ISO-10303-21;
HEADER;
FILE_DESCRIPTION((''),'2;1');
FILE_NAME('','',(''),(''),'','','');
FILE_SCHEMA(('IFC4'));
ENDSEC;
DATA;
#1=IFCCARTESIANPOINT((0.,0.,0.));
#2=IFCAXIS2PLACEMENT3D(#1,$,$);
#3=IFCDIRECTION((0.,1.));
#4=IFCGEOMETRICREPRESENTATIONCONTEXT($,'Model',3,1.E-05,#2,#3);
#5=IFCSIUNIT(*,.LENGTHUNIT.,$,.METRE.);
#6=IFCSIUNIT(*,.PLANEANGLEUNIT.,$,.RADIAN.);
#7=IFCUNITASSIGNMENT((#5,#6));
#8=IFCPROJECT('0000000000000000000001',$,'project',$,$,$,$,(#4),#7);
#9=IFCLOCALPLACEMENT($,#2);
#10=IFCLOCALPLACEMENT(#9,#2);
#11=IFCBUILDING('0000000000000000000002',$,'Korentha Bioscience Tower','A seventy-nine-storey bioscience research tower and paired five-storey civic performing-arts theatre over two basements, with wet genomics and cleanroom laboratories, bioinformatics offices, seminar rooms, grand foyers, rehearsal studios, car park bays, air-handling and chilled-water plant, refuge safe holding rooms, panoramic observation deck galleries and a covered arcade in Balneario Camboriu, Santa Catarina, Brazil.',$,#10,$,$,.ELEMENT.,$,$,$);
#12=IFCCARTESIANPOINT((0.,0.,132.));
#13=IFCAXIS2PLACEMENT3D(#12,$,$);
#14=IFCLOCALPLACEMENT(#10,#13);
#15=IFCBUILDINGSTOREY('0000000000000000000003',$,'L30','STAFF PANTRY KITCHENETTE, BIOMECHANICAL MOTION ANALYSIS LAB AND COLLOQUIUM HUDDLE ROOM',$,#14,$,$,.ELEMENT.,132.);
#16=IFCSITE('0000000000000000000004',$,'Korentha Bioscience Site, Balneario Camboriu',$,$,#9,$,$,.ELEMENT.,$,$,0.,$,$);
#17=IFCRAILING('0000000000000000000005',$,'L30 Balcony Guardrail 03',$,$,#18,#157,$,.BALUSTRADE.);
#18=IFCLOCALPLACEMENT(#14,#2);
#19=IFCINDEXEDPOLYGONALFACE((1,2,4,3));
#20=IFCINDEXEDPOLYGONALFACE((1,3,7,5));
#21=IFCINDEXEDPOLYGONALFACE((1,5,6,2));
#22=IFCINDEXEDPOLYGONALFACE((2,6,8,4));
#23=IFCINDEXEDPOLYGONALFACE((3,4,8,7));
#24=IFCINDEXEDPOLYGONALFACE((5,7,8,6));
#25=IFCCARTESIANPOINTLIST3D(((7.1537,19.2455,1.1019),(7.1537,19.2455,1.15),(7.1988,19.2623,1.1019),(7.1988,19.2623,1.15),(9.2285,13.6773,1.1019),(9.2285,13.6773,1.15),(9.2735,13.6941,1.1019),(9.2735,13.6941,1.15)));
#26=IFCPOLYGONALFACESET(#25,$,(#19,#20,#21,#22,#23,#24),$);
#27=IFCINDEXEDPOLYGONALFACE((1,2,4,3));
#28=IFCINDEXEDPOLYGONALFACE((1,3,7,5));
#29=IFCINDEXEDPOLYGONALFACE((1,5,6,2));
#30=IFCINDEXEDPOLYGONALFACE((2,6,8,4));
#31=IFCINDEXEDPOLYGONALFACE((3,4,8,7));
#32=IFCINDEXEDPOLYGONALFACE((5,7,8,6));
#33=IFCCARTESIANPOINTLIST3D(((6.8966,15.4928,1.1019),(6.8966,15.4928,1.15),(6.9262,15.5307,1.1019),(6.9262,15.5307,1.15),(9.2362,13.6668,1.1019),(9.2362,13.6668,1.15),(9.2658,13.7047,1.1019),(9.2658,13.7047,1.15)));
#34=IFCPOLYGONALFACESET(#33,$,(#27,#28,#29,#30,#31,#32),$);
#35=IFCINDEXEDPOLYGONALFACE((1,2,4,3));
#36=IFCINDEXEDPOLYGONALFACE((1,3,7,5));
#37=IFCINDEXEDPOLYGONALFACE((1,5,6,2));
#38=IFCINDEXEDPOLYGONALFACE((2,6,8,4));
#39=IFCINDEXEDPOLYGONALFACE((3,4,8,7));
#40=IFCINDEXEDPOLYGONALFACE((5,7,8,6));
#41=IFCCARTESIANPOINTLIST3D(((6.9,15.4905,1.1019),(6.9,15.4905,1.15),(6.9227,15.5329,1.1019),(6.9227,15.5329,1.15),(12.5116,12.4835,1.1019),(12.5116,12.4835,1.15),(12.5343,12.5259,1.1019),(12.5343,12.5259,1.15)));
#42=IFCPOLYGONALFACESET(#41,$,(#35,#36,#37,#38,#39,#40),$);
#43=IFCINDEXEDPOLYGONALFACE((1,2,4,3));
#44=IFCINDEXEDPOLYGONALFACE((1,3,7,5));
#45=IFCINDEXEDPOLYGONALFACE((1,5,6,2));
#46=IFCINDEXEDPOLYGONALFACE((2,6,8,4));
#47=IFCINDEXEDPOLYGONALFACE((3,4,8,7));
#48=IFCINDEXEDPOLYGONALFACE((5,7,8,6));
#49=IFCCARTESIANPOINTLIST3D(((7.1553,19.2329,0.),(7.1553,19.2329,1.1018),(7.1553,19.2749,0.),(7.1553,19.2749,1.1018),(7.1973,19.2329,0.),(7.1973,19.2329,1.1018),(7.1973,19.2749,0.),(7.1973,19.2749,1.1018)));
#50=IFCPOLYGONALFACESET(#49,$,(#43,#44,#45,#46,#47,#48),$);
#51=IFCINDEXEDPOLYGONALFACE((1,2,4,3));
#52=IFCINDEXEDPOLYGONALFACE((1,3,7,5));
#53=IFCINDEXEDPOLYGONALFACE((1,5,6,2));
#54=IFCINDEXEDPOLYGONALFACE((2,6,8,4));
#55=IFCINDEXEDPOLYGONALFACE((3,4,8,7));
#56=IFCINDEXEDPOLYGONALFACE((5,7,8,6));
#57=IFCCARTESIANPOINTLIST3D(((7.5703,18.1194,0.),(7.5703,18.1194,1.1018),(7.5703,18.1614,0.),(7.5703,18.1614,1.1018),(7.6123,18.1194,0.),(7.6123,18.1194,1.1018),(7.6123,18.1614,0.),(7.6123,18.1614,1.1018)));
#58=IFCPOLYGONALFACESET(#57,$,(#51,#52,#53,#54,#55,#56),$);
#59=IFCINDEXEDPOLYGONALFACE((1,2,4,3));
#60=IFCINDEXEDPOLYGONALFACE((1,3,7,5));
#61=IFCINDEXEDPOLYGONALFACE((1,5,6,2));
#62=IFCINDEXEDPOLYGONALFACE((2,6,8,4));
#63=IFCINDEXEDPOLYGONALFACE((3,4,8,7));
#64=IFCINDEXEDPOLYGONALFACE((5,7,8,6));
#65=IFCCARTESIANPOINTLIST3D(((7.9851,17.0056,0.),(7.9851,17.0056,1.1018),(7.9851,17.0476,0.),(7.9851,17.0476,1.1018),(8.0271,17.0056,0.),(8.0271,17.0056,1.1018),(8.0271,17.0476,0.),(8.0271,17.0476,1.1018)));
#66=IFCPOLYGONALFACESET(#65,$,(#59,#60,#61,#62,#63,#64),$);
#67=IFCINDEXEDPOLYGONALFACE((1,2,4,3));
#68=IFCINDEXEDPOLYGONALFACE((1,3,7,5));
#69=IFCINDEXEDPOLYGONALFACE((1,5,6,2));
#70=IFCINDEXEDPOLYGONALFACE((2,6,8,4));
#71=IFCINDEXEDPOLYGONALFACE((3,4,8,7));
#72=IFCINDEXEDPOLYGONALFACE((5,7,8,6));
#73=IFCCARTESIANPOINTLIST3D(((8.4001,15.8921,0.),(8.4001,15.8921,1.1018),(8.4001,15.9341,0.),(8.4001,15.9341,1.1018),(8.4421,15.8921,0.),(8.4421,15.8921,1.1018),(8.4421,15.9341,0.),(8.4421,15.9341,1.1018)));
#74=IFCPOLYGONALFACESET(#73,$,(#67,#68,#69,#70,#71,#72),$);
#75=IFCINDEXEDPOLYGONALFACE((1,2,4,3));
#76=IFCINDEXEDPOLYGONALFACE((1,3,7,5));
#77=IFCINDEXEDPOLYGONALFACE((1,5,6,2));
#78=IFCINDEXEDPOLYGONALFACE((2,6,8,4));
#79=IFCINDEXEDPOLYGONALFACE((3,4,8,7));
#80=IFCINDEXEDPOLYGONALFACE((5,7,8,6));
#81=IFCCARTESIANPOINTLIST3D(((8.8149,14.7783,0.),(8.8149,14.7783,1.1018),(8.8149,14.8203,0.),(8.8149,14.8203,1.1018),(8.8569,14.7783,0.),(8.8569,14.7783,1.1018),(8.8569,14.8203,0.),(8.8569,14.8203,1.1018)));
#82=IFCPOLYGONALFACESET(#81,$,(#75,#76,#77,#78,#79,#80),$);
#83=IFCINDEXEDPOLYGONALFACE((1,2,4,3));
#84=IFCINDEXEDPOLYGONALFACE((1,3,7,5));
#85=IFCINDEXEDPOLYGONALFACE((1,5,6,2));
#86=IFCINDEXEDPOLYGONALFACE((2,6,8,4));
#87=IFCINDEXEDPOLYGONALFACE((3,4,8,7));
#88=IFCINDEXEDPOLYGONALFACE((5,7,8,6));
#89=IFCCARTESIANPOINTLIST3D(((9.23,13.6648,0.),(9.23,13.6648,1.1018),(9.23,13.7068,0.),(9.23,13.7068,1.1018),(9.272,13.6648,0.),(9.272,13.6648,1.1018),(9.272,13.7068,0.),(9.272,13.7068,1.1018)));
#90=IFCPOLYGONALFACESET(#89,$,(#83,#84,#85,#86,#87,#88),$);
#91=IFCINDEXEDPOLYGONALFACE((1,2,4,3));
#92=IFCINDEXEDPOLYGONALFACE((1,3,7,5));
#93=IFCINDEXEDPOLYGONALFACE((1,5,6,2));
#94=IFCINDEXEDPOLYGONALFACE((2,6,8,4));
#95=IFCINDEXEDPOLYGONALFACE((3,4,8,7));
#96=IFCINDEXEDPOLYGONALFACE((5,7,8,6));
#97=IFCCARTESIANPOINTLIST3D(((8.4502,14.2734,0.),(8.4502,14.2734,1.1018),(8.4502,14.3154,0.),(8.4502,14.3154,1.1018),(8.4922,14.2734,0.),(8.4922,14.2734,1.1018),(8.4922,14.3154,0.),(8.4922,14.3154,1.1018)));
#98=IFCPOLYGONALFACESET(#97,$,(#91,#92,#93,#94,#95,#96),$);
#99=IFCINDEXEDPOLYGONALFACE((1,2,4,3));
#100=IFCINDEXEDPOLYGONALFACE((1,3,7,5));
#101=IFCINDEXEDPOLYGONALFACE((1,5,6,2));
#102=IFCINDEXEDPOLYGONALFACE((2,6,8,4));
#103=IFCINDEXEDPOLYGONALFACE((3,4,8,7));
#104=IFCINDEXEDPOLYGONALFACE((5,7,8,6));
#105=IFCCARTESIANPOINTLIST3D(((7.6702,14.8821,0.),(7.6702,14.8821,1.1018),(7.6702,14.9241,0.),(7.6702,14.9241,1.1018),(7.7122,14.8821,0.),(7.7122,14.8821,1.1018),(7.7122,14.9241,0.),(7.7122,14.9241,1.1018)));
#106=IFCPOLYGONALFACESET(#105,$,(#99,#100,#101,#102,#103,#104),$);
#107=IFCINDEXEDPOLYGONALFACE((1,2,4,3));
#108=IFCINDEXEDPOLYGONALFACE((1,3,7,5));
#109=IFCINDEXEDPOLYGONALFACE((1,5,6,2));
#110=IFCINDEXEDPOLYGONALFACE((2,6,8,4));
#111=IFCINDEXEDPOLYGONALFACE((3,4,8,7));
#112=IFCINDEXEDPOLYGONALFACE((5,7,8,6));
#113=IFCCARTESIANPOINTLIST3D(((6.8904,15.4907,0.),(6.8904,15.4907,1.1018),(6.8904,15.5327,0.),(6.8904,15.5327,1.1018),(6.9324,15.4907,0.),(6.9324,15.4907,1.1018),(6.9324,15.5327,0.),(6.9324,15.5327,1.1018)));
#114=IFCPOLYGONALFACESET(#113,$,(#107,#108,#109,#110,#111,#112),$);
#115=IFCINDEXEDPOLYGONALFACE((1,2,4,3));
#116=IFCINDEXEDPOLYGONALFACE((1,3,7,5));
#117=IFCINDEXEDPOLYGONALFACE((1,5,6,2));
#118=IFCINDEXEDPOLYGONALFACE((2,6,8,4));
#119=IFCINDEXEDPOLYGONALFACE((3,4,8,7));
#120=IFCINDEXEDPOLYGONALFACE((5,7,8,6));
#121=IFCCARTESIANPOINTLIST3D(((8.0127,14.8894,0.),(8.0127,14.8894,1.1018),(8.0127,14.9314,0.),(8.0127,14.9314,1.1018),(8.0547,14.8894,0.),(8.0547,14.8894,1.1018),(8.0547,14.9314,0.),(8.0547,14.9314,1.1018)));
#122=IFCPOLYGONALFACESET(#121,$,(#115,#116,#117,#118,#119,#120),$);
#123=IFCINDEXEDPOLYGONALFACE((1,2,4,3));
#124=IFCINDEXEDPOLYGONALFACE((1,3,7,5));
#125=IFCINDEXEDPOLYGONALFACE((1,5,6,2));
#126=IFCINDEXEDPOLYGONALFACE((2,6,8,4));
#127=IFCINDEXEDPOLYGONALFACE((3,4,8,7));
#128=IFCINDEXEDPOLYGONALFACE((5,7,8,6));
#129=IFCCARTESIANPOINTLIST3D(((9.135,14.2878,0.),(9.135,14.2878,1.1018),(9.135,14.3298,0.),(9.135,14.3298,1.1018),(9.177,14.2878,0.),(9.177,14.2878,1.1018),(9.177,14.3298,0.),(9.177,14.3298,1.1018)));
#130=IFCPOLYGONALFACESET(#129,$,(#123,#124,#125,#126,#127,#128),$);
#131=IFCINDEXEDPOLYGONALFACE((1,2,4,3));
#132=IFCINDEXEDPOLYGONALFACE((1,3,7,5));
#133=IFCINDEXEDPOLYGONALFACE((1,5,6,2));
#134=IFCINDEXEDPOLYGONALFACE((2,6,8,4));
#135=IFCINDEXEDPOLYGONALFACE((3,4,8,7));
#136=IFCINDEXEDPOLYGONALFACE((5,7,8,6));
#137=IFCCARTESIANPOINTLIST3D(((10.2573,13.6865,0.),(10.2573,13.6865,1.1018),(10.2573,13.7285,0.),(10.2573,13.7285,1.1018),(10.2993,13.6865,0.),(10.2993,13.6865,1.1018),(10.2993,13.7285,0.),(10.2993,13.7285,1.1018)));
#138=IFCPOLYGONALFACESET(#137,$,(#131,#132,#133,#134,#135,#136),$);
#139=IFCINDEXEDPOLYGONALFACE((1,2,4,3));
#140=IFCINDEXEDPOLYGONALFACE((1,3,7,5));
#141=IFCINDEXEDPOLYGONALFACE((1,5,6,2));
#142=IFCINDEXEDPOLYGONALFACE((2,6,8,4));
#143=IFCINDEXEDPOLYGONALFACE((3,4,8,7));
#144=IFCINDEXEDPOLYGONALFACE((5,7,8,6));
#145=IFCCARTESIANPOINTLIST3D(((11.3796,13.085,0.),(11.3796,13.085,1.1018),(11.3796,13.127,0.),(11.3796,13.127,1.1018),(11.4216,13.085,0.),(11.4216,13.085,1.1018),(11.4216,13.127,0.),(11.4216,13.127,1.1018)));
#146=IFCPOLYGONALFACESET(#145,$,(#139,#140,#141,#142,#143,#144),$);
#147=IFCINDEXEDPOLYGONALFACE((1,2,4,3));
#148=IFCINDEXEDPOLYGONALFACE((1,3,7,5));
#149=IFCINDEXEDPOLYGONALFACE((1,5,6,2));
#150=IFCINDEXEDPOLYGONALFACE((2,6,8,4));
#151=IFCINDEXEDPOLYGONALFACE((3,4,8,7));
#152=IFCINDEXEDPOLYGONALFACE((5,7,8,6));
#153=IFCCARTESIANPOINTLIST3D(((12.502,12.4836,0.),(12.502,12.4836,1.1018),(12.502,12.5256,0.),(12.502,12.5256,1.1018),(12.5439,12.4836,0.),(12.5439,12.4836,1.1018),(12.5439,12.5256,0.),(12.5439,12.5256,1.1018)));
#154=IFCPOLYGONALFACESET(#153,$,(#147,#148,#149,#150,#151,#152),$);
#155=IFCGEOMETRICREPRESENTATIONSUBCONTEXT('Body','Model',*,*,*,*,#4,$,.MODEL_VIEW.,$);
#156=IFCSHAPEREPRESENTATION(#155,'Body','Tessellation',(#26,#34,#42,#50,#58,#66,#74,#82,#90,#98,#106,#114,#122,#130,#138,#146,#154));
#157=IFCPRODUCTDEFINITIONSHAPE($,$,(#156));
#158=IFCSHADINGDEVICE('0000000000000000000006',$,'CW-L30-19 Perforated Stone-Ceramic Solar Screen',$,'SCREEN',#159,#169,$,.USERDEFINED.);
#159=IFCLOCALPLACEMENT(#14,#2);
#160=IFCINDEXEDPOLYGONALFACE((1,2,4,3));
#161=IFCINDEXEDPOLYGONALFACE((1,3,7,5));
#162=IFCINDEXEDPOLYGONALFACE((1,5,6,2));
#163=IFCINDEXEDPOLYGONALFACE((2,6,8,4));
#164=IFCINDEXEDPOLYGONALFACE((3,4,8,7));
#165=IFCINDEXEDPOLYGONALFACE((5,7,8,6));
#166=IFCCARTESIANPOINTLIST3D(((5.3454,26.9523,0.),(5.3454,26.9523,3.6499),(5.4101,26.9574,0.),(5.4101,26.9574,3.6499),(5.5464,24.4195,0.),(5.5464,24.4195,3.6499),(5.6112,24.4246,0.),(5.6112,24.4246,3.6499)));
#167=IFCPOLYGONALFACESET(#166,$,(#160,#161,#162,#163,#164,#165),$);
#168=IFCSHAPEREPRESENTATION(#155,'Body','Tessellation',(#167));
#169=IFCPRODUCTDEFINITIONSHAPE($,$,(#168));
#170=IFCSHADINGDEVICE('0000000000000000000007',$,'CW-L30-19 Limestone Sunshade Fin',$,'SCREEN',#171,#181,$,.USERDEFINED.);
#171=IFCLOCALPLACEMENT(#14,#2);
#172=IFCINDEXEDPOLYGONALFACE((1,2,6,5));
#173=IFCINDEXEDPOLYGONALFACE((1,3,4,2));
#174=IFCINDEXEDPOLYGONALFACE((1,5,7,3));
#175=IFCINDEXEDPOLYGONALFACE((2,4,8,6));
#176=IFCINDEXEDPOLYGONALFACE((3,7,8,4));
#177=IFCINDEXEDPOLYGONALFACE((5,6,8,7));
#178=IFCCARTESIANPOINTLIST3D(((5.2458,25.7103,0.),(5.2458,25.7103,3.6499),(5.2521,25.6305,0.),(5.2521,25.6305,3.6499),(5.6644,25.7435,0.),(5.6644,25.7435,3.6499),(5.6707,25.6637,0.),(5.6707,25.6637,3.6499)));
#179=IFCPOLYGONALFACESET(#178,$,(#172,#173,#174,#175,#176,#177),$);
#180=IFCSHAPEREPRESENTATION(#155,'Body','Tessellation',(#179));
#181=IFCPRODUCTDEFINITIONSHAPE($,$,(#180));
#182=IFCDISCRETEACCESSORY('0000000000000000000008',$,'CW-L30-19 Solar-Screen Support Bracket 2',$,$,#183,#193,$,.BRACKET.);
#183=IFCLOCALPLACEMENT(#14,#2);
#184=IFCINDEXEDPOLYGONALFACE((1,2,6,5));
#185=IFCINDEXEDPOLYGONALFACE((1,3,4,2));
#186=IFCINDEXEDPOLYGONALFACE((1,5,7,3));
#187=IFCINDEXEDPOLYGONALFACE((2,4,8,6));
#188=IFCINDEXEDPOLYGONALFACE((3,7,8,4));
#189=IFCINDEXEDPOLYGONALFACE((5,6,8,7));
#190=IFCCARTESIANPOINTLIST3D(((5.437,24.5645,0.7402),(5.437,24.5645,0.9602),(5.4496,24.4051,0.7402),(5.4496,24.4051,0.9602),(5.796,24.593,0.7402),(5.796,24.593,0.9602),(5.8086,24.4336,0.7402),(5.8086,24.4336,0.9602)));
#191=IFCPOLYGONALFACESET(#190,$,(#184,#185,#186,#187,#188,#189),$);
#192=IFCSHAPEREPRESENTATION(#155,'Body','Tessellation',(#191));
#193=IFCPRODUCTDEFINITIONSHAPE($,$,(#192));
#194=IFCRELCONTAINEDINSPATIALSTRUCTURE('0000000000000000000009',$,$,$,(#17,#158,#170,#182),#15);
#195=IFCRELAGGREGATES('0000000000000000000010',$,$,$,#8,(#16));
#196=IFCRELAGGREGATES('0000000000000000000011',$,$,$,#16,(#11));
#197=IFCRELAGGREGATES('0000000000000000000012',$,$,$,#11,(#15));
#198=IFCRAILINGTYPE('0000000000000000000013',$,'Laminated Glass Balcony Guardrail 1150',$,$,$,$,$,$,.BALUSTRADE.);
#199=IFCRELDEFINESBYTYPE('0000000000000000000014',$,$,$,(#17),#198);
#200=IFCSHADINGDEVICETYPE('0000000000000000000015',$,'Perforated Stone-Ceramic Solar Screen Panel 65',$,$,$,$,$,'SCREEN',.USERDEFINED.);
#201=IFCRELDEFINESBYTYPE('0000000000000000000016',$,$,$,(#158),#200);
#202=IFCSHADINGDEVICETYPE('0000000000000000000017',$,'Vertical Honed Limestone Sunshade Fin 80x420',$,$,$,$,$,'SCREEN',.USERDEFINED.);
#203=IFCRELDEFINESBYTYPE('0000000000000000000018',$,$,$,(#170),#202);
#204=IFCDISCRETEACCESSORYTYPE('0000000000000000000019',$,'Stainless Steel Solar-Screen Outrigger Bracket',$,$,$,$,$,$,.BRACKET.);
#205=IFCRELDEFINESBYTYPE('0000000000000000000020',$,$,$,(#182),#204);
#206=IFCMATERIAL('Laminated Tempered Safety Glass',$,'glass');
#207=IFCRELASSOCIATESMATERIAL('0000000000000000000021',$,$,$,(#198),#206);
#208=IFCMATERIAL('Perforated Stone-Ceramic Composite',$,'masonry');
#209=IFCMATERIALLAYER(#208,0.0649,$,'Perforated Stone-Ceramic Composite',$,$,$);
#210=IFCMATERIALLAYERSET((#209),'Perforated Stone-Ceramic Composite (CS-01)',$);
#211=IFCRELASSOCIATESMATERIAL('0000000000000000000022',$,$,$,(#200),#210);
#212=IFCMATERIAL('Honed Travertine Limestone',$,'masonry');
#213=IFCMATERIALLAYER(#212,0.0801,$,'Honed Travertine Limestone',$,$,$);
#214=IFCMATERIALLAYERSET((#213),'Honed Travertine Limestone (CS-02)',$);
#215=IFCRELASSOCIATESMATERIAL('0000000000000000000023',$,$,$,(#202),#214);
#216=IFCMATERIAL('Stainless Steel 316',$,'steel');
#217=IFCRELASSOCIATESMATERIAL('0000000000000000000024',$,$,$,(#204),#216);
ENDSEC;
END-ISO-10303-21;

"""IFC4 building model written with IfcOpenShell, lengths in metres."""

from ifc_helpers import new_model, si_unit, direction, frame, origin, origin_2d, place, context, subcontext, project, spatial, rectangle, extrude, material, layer, layer_set, type_object, element, save


model = new_model("IFC4")

# Units and contexts
model_context = context("Model", 3, precision=1e-05, world=origin(), true_north=direction((0.0, 1.0)))
body_context = subcontext(model_context, "Body", "Model", "MODEL_VIEW")
ifc_project = project(units=[si_unit("LENGTHUNIT", "METRE"), si_unit("PLANEANGLEUNIT", "RADIAN")], contexts=[model_context])

# Site, building, storey
site_placement = place(None, origin())
site = spatial("IfcSite", under=ifc_project, at=site_placement, Name="Korentha Bioscience Site, Balneario Camboriu", CompositionType="ELEMENT", RefElevation=0.0)
building_placement = place(site_placement, origin())
building = spatial("IfcBuilding", under=site, at=building_placement, Name="Korentha Bioscience Tower", Description="A seventy-nine-storey bioscience research tower and paired five-storey civic performing-arts theatre over two basements, with wet genomics and cleanroom laboratories, bioinformatics offices, seminar rooms, grand foyers, rehearsal studios, car park bays, air-handling and chilled-water plant, refuge safe holding rooms, panoramic observation deck galleries and a covered arcade in Balneario Camboriu, Santa Catarina, Brazil.", CompositionType="ELEMENT")
storey_placement = place(building_placement, frame((0.0, 0.0, 132.0)))
storey = spatial("IfcBuildingStorey", under=building, at=storey_placement, Name="L30", Description="STAFF PANTRY KITCHENETTE, BIOMECHANICAL MOTION ANALYSIS LAB AND COLLOQUIUM HUDDLE ROOM", CompositionType="ELEMENT", Elevation=132.0)

# Railing
ifc_material_1 = material(Name="Laminated Tempered Safety Glass", Category="glass")
railing_type = type_object("IfcRailingType", Name="Laminated Glass Balcony Guardrail 1150", PredefinedType="BALUSTRADE", material=ifc_material_1)
railing_placement = place(storey_placement, frame((7.1763, 19.2539, 0.0)))
element("IfcRailing", 1, at=railing_placement, inside=storey, type_object=railing_type, Name="L30 Balcony Guardrail 03", PredefinedType="BALUSTRADE", context=body_context, shape_type="SweptSolid", body=[
    extrude(rectangle(XDim=0.0481, YDim=0.0481, at=origin_2d()), frame((0.0, 0.0, 1.126), z_axis=(0.349155, -0.937065, 0.0), x_axis=(0.937065, 0.349155, 0.0)), (0.0, 0.0, 1.0), 5.9421),
    extrude(rectangle(XDim=0.0481, YDim=0.0481, at=origin_2d()), frame((2.0747, -5.5681, 1.126), z_axis=(-0.788332, 0.61525, 0.0), x_axis=(-0.61525, -0.788332, 0.0)), (0.0, 0.0, 1.0), 2.9678),
    extrude(rectangle(XDim=0.0481, YDim=0.0481, at=origin_2d()), frame((-0.2649, -3.7422, 1.126), z_axis=(0.881422, -0.472329, 0.0), x_axis=(0.472329, 0.881422, 0.0)), (0.0, 0.0, 1.0), 6.3665),
    extrude(rectangle(XDim=0.042, YDim=0.042, at=origin_2d()), origin(), (0.0, 0.0, 1.0), 1.1018),
    extrude(rectangle(XDim=0.042, YDim=0.042, at=origin_2d()), frame((0.415, -1.1135, 0.0)), (0.0, 0.0, 1.0), 1.1018),
    extrude(rectangle(XDim=0.042, YDim=0.042, at=origin_2d()), frame((0.8298, -2.2273, 0.0)), (0.0, 0.0, 1.0), 1.1018),
    extrude(rectangle(XDim=0.042, YDim=0.042, at=origin_2d()), frame((1.2449, -3.3408, 0.0)), (0.0, 0.0, 1.0), 1.1018),
    extrude(rectangle(XDim=0.042, YDim=0.042, at=origin_2d()), frame((1.6597, -4.4546, 0.0)), (0.0, 0.0, 1.0), 1.1018),
    extrude(rectangle(XDim=0.042, YDim=0.042, at=origin_2d()), frame((2.0747, -5.5681, 0.0)), (0.0, 0.0, 1.0), 1.1018),
    extrude(rectangle(XDim=0.042, YDim=0.042, at=origin_2d()), frame((1.2949, -4.9595, 0.0)), (0.0, 0.0, 1.0), 1.1018),
    extrude(rectangle(XDim=0.042, YDim=0.042, at=origin_2d()), frame((0.5149, -4.3508, 0.0)), (0.0, 0.0, 1.0), 1.1018),
    extrude(rectangle(XDim=0.042, YDim=0.042, at=origin_2d()), frame((-0.2649, -3.7422, 0.0)), (0.0, 0.0, 1.0), 1.1018),
    extrude(rectangle(XDim=0.042, YDim=0.042, at=origin_2d()), frame((0.8574, -4.3435, 0.0)), (0.0, 0.0, 1.0), 1.1018),
    extrude(rectangle(XDim=0.042, YDim=0.042, at=origin_2d()), frame((1.9797, -4.9451, 0.0)), (0.0, 0.0, 1.0), 1.1018),
    extrude(rectangle(XDim=0.042, YDim=0.042, at=origin_2d()), frame((3.1021, -5.5464, 0.0)), (0.0, 0.0, 1.0), 1.1018),
    extrude(rectangle(XDim=0.042, YDim=0.042, at=origin_2d()), frame((4.2244, -6.1479, 0.0)), (0.0, 0.0, 1.0), 1.1018),
    extrude(rectangle(XDim=0.042, YDim=0.042, at=origin_2d()), frame((5.3467, -6.7493, 0.0)), (0.0, 0.0, 1.0), 1.1018),
])

# Shading devices
ifc_material_2 = material(Name="Perforated Stone-Ceramic Composite", Category="masonry")
ifc_layer_1 = layer(ifc_material_2, 0.0649, Name="Perforated Stone-Ceramic Composite")
ifc_layer_set_1 = layer_set([ifc_layer_1], Name="Perforated Stone-Ceramic Composite (CS-01)")
shading_device_type_1 = type_object("IfcShadingDeviceType", Name="Perforated Stone-Ceramic Solar Screen Panel 65", ElementType="SCREEN", PredefinedType="USERDEFINED", material=ifc_layer_set_1)
shading_device_1_placement = place(storey_placement, frame((5.4783, 25.6885, 0.0), z_axis=(0.0, 0.0, 1.0), x_axis=(0.07913, -0.996864, 0.0)))
element("IfcShadingDevice", 2, at=shading_device_1_placement, inside=storey, type_object=shading_device_type_1, Name="CW-L30-19 Perforated Stone-Ceramic Solar Screen", ObjectType="SCREEN", PredefinedType="USERDEFINED", context=body_context, shape_type="SweptSolid", body=[
    extrude(rectangle(XDim=2.5408, YDim=0.0649, at=origin_2d()), origin(), (0.0, 0.0, 1.0), 3.6499),
])
ifc_material_3 = material(Name="Honed Travertine Limestone", Category="masonry")
ifc_layer_2 = layer(ifc_material_3, 0.0801, Name="Honed Travertine Limestone")
ifc_layer_set_2 = layer_set([ifc_layer_2], Name="Honed Travertine Limestone (CS-02)")
shading_device_type_2 = type_object("IfcShadingDeviceType", Name="Vertical Honed Limestone Sunshade Fin 80x420", ElementType="SCREEN", PredefinedType="USERDEFINED", material=ifc_layer_set_2)
shading_device_2_placement = place(storey_placement, frame((5.4583, 25.687, 0.0), z_axis=(0.0, 0.0, 1.0), x_axis=(0.07913, -0.996864, 0.0)))
element("IfcShadingDevice", 3, at=shading_device_2_placement, inside=storey, type_object=shading_device_type_2, Name="CW-L30-19 Limestone Sunshade Fin", ObjectType="SCREEN", PredefinedType="USERDEFINED", context=body_context, shape_type="SweptSolid", body=[
    extrude(rectangle(XDim=0.0801, YDim=0.4199, at=origin_2d()), origin(), (0.0, 0.0, 1.0), 3.6499),
])

# Discrete accessory
ifc_material_4 = material(Name="Stainless Steel 316", Category="steel")
discrete_accessory_type = type_object("IfcDiscreteAccessoryType", Name="Stainless Steel Solar-Screen Outrigger Bracket", PredefinedType="BRACKET", material=ifc_material_4)
discrete_accessory_placement = place(storey_placement, frame((5.6228, 24.499, 0.7402), z_axis=(0.0, 0.0, 1.0), x_axis=(0.07913, -0.996864, 0.0)))
element("IfcDiscreteAccessory", 4, at=discrete_accessory_placement, inside=storey, type_object=discrete_accessory_type, Name="CW-L30-19 Solar-Screen Support Bracket 2", PredefinedType="BRACKET", context=body_context, shape_type="SweptSolid", body=[
    extrude(rectangle(XDim=0.1599, YDim=0.3601, at=origin_2d()), origin(), (0.0, 0.0, 1.0), 0.22),
])

save(model, "model.ifc")
